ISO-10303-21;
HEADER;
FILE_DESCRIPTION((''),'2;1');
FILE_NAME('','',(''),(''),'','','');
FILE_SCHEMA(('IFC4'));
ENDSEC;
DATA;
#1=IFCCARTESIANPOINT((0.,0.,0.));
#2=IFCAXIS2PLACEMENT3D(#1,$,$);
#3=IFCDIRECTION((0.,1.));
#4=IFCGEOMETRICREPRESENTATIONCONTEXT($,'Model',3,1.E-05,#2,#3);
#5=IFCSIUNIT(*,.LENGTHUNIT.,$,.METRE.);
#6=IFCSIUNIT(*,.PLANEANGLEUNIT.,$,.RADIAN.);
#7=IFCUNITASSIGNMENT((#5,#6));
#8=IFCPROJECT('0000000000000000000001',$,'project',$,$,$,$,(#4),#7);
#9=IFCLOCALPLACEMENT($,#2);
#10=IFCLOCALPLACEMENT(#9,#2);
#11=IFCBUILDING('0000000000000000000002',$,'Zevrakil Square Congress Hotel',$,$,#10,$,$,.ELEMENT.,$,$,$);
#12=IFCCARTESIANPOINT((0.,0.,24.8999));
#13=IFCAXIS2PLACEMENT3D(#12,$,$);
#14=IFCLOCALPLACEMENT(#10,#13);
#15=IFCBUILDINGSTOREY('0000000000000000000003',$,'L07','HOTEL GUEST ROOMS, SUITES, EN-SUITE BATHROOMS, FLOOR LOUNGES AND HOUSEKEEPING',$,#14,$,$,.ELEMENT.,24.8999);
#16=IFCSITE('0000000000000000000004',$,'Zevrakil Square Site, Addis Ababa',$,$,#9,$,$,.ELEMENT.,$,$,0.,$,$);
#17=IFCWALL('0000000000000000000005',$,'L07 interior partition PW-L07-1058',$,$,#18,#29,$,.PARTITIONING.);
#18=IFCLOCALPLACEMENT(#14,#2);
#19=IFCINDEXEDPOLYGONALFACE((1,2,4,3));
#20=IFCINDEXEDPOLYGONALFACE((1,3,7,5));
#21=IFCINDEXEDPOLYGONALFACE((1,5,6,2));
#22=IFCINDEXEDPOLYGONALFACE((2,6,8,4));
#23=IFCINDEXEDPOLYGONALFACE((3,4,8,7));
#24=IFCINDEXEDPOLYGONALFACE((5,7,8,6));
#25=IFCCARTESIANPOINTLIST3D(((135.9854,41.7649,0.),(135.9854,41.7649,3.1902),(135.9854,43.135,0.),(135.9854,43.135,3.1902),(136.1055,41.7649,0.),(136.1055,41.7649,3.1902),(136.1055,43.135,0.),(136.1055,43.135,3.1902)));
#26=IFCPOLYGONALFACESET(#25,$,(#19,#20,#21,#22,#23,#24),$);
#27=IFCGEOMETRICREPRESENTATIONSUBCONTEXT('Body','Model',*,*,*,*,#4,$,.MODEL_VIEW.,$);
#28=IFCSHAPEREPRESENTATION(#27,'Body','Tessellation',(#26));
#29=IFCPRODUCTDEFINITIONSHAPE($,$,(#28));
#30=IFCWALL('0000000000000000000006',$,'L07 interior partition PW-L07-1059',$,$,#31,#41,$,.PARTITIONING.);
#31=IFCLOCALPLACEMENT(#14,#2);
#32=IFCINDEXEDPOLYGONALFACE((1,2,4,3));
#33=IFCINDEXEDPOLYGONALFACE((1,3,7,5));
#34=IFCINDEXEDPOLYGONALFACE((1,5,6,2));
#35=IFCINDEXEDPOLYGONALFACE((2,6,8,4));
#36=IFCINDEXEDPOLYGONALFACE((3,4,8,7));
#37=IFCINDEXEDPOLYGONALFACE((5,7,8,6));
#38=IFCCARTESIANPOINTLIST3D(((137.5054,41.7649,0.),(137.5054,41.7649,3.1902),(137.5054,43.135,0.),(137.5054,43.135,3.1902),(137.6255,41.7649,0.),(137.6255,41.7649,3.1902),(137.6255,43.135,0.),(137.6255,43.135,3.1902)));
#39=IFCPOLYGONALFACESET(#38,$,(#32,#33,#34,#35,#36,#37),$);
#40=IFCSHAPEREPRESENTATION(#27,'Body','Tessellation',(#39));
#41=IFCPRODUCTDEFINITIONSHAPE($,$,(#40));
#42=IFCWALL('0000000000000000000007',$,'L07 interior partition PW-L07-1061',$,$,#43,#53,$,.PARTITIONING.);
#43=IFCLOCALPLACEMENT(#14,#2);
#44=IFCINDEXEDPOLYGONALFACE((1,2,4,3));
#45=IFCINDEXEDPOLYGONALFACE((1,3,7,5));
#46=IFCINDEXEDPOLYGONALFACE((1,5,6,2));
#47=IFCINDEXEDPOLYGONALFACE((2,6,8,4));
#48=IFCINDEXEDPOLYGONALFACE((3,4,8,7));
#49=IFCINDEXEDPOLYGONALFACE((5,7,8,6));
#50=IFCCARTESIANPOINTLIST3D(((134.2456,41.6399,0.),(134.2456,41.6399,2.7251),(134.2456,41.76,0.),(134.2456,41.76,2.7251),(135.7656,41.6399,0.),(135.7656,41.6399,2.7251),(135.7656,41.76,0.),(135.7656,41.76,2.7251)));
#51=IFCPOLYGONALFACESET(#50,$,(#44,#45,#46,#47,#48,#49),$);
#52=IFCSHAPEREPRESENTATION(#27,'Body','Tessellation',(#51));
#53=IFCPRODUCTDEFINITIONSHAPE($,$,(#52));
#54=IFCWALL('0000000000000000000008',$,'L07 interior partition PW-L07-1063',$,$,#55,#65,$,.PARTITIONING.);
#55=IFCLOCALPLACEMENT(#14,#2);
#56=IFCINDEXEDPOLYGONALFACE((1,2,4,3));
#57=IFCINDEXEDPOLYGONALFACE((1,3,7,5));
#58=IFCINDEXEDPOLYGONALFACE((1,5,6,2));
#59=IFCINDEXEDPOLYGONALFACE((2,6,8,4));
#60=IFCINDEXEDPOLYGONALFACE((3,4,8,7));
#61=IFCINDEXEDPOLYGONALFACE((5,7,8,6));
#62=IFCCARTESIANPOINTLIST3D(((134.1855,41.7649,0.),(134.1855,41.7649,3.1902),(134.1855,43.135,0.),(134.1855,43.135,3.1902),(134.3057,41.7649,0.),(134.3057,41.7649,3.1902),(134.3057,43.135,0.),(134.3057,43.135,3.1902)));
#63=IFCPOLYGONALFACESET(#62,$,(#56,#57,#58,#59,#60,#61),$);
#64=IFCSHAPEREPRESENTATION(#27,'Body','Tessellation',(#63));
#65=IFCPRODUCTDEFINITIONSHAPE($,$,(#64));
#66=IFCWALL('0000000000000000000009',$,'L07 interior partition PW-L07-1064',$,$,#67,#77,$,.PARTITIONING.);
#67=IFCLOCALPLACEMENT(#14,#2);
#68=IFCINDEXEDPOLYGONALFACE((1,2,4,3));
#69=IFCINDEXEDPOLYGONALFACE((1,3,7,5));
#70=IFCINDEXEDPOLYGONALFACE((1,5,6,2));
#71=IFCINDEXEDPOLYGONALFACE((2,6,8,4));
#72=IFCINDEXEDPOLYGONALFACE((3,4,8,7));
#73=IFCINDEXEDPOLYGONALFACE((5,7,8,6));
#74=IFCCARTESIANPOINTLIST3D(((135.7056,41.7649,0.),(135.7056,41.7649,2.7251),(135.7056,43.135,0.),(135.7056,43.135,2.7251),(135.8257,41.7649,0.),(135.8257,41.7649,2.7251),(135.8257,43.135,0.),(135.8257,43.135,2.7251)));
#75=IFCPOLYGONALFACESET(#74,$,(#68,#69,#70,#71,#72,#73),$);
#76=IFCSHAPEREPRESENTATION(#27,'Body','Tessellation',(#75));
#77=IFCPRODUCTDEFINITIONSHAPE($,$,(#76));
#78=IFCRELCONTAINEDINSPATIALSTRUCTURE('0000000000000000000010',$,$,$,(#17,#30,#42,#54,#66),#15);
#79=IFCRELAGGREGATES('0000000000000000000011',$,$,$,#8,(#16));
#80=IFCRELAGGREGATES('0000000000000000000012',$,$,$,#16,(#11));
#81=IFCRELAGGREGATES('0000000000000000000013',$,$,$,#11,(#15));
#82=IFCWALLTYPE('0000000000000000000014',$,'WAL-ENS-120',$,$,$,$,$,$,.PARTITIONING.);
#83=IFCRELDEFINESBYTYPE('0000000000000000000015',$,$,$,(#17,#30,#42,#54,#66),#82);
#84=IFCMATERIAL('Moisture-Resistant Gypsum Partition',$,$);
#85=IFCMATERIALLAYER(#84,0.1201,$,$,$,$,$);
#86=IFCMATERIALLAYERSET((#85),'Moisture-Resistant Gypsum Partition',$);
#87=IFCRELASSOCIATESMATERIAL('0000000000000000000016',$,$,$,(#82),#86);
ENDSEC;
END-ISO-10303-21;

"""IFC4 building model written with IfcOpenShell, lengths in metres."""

from ifc_helpers import new_model, si_unit, direction, frame, frame_2d, origin, place, context, subcontext, project, spatial, rectangle, extrude, material, layer, layer_set, type_object, element, save


model = new_model("IFC4")

# Units and contexts
model_context = context("Model", 3, precision=1e-05, world=origin(), true_north=direction((0.0, 1.0)))
body_context = subcontext(model_context, "Body", "Model", "MODEL_VIEW")
ifc_project = project(units=[si_unit("LENGTHUNIT", "METRE"), si_unit("PLANEANGLEUNIT", "RADIAN")], contexts=[model_context])

# Site, building, storey
site_placement = place(None, origin())
site = spatial("IfcSite", under=ifc_project, at=site_placement, Name="Zevrakil Square Site, Addis Ababa", CompositionType="ELEMENT", RefElevation=0.0)
building_placement = place(site_placement, origin())
building = spatial("IfcBuilding", under=site, at=building_placement, Name="Zevrakil Square Congress Hotel", CompositionType="ELEMENT")
storey_placement = place(building_placement, frame((0.0, 0.0, 24.8999)))
storey = spatial("IfcBuildingStorey", under=building, at=storey_placement, Name="L07", Description="HOTEL GUEST ROOMS, SUITES, EN-SUITE BATHROOMS, FLOOR LOUNGES AND HOUSEKEEPING", CompositionType="ELEMENT", Elevation=24.8999)

# Walls
ifc_material_1 = material(Name="Moisture-Resistant Gypsum Partition")
ifc_layer_1 = layer(ifc_material_1, 0.1201)
ifc_layer_set_1 = layer_set([ifc_layer_1], Name="Moisture-Resistant Gypsum Partition")
wall_type_1 = type_object("IfcWallType", Name="WAL-ENS-120", PredefinedType="PARTITIONING", material=ifc_layer_set_1)
for number, where, z_axis, x_axis, name in (
    (1, (136.0454, 41.7649, 0.0), (0.0, 0.0, 1.0), (0.0, 1.0, 0.0), "L07 interior partition PW-L07-1058"),
    (2, (137.5654, 41.7649, 0.0), (0.0, 0.0, 1.0), (0.0, 1.0, 0.0), "L07 interior partition PW-L07-1059"),
):
    element("IfcWall", number, at=place(storey_placement, frame(where, z_axis=z_axis, x_axis=x_axis)), inside=storey, type_object=wall_type_1, Name=name, PredefinedType="PARTITIONING", context=body_context, shape_type="SweptSolid", body=[
        extrude(rectangle(XDim=1.3701, YDim=0.1201, at=frame_2d((0.6851, 0.0))), origin(), (0.0, 0.0, 1.0), 3.1902),
    ])
wall_1_placement = place(storey_placement, frame((134.2456, 41.7, 0.0), z_axis=(0.0, 0.0, 1.0), x_axis=(1.0, 0.0, 0.0)))
element("IfcWall", 3, at=wall_1_placement, inside=storey, type_object=wall_type_1, Name="L07 interior partition PW-L07-1061", PredefinedType="PARTITIONING", context=body_context, shape_type="SweptSolid", body=[
    extrude(rectangle(XDim=1.52, YDim=0.1201, at=frame_2d((0.76, 0.0))), origin(), (0.0, 0.0, 1.0), 2.7251),
])
wall_2_placement = place(storey_placement, frame((134.2456, 41.7649, 0.0), z_axis=(0.0, 0.0, 1.0), x_axis=(0.0, 1.0, 0.0)))
element("IfcWall", 4, at=wall_2_placement, inside=storey, type_object=wall_type_1, Name="L07 interior partition PW-L07-1063", PredefinedType="PARTITIONING", context=body_context, shape_type="SweptSolid", body=[
    extrude(rectangle(XDim=1.3701, YDim=0.1201, at=frame_2d((0.6851, 0.0))), origin(), (0.0, 0.0, 1.0), 3.1902),
])
wall_3_placement = place(storey_placement, frame((135.7656, 41.7649, 0.0), z_axis=(0.0, 0.0, 1.0), x_axis=(0.0, 1.0, 0.0)))
element("IfcWall", 5, at=wall_3_placement, inside=storey, type_object=wall_type_1, Name="L07 interior partition PW-L07-1064", PredefinedType="PARTITIONING", context=body_context, shape_type="SweptSolid", body=[
    extrude(rectangle(XDim=1.3701, YDim=0.1201, at=frame_2d((0.6851, 0.0))), origin(), (0.0, 0.0, 1.0), 2.7251),
])

save(model, "model.ifc")
